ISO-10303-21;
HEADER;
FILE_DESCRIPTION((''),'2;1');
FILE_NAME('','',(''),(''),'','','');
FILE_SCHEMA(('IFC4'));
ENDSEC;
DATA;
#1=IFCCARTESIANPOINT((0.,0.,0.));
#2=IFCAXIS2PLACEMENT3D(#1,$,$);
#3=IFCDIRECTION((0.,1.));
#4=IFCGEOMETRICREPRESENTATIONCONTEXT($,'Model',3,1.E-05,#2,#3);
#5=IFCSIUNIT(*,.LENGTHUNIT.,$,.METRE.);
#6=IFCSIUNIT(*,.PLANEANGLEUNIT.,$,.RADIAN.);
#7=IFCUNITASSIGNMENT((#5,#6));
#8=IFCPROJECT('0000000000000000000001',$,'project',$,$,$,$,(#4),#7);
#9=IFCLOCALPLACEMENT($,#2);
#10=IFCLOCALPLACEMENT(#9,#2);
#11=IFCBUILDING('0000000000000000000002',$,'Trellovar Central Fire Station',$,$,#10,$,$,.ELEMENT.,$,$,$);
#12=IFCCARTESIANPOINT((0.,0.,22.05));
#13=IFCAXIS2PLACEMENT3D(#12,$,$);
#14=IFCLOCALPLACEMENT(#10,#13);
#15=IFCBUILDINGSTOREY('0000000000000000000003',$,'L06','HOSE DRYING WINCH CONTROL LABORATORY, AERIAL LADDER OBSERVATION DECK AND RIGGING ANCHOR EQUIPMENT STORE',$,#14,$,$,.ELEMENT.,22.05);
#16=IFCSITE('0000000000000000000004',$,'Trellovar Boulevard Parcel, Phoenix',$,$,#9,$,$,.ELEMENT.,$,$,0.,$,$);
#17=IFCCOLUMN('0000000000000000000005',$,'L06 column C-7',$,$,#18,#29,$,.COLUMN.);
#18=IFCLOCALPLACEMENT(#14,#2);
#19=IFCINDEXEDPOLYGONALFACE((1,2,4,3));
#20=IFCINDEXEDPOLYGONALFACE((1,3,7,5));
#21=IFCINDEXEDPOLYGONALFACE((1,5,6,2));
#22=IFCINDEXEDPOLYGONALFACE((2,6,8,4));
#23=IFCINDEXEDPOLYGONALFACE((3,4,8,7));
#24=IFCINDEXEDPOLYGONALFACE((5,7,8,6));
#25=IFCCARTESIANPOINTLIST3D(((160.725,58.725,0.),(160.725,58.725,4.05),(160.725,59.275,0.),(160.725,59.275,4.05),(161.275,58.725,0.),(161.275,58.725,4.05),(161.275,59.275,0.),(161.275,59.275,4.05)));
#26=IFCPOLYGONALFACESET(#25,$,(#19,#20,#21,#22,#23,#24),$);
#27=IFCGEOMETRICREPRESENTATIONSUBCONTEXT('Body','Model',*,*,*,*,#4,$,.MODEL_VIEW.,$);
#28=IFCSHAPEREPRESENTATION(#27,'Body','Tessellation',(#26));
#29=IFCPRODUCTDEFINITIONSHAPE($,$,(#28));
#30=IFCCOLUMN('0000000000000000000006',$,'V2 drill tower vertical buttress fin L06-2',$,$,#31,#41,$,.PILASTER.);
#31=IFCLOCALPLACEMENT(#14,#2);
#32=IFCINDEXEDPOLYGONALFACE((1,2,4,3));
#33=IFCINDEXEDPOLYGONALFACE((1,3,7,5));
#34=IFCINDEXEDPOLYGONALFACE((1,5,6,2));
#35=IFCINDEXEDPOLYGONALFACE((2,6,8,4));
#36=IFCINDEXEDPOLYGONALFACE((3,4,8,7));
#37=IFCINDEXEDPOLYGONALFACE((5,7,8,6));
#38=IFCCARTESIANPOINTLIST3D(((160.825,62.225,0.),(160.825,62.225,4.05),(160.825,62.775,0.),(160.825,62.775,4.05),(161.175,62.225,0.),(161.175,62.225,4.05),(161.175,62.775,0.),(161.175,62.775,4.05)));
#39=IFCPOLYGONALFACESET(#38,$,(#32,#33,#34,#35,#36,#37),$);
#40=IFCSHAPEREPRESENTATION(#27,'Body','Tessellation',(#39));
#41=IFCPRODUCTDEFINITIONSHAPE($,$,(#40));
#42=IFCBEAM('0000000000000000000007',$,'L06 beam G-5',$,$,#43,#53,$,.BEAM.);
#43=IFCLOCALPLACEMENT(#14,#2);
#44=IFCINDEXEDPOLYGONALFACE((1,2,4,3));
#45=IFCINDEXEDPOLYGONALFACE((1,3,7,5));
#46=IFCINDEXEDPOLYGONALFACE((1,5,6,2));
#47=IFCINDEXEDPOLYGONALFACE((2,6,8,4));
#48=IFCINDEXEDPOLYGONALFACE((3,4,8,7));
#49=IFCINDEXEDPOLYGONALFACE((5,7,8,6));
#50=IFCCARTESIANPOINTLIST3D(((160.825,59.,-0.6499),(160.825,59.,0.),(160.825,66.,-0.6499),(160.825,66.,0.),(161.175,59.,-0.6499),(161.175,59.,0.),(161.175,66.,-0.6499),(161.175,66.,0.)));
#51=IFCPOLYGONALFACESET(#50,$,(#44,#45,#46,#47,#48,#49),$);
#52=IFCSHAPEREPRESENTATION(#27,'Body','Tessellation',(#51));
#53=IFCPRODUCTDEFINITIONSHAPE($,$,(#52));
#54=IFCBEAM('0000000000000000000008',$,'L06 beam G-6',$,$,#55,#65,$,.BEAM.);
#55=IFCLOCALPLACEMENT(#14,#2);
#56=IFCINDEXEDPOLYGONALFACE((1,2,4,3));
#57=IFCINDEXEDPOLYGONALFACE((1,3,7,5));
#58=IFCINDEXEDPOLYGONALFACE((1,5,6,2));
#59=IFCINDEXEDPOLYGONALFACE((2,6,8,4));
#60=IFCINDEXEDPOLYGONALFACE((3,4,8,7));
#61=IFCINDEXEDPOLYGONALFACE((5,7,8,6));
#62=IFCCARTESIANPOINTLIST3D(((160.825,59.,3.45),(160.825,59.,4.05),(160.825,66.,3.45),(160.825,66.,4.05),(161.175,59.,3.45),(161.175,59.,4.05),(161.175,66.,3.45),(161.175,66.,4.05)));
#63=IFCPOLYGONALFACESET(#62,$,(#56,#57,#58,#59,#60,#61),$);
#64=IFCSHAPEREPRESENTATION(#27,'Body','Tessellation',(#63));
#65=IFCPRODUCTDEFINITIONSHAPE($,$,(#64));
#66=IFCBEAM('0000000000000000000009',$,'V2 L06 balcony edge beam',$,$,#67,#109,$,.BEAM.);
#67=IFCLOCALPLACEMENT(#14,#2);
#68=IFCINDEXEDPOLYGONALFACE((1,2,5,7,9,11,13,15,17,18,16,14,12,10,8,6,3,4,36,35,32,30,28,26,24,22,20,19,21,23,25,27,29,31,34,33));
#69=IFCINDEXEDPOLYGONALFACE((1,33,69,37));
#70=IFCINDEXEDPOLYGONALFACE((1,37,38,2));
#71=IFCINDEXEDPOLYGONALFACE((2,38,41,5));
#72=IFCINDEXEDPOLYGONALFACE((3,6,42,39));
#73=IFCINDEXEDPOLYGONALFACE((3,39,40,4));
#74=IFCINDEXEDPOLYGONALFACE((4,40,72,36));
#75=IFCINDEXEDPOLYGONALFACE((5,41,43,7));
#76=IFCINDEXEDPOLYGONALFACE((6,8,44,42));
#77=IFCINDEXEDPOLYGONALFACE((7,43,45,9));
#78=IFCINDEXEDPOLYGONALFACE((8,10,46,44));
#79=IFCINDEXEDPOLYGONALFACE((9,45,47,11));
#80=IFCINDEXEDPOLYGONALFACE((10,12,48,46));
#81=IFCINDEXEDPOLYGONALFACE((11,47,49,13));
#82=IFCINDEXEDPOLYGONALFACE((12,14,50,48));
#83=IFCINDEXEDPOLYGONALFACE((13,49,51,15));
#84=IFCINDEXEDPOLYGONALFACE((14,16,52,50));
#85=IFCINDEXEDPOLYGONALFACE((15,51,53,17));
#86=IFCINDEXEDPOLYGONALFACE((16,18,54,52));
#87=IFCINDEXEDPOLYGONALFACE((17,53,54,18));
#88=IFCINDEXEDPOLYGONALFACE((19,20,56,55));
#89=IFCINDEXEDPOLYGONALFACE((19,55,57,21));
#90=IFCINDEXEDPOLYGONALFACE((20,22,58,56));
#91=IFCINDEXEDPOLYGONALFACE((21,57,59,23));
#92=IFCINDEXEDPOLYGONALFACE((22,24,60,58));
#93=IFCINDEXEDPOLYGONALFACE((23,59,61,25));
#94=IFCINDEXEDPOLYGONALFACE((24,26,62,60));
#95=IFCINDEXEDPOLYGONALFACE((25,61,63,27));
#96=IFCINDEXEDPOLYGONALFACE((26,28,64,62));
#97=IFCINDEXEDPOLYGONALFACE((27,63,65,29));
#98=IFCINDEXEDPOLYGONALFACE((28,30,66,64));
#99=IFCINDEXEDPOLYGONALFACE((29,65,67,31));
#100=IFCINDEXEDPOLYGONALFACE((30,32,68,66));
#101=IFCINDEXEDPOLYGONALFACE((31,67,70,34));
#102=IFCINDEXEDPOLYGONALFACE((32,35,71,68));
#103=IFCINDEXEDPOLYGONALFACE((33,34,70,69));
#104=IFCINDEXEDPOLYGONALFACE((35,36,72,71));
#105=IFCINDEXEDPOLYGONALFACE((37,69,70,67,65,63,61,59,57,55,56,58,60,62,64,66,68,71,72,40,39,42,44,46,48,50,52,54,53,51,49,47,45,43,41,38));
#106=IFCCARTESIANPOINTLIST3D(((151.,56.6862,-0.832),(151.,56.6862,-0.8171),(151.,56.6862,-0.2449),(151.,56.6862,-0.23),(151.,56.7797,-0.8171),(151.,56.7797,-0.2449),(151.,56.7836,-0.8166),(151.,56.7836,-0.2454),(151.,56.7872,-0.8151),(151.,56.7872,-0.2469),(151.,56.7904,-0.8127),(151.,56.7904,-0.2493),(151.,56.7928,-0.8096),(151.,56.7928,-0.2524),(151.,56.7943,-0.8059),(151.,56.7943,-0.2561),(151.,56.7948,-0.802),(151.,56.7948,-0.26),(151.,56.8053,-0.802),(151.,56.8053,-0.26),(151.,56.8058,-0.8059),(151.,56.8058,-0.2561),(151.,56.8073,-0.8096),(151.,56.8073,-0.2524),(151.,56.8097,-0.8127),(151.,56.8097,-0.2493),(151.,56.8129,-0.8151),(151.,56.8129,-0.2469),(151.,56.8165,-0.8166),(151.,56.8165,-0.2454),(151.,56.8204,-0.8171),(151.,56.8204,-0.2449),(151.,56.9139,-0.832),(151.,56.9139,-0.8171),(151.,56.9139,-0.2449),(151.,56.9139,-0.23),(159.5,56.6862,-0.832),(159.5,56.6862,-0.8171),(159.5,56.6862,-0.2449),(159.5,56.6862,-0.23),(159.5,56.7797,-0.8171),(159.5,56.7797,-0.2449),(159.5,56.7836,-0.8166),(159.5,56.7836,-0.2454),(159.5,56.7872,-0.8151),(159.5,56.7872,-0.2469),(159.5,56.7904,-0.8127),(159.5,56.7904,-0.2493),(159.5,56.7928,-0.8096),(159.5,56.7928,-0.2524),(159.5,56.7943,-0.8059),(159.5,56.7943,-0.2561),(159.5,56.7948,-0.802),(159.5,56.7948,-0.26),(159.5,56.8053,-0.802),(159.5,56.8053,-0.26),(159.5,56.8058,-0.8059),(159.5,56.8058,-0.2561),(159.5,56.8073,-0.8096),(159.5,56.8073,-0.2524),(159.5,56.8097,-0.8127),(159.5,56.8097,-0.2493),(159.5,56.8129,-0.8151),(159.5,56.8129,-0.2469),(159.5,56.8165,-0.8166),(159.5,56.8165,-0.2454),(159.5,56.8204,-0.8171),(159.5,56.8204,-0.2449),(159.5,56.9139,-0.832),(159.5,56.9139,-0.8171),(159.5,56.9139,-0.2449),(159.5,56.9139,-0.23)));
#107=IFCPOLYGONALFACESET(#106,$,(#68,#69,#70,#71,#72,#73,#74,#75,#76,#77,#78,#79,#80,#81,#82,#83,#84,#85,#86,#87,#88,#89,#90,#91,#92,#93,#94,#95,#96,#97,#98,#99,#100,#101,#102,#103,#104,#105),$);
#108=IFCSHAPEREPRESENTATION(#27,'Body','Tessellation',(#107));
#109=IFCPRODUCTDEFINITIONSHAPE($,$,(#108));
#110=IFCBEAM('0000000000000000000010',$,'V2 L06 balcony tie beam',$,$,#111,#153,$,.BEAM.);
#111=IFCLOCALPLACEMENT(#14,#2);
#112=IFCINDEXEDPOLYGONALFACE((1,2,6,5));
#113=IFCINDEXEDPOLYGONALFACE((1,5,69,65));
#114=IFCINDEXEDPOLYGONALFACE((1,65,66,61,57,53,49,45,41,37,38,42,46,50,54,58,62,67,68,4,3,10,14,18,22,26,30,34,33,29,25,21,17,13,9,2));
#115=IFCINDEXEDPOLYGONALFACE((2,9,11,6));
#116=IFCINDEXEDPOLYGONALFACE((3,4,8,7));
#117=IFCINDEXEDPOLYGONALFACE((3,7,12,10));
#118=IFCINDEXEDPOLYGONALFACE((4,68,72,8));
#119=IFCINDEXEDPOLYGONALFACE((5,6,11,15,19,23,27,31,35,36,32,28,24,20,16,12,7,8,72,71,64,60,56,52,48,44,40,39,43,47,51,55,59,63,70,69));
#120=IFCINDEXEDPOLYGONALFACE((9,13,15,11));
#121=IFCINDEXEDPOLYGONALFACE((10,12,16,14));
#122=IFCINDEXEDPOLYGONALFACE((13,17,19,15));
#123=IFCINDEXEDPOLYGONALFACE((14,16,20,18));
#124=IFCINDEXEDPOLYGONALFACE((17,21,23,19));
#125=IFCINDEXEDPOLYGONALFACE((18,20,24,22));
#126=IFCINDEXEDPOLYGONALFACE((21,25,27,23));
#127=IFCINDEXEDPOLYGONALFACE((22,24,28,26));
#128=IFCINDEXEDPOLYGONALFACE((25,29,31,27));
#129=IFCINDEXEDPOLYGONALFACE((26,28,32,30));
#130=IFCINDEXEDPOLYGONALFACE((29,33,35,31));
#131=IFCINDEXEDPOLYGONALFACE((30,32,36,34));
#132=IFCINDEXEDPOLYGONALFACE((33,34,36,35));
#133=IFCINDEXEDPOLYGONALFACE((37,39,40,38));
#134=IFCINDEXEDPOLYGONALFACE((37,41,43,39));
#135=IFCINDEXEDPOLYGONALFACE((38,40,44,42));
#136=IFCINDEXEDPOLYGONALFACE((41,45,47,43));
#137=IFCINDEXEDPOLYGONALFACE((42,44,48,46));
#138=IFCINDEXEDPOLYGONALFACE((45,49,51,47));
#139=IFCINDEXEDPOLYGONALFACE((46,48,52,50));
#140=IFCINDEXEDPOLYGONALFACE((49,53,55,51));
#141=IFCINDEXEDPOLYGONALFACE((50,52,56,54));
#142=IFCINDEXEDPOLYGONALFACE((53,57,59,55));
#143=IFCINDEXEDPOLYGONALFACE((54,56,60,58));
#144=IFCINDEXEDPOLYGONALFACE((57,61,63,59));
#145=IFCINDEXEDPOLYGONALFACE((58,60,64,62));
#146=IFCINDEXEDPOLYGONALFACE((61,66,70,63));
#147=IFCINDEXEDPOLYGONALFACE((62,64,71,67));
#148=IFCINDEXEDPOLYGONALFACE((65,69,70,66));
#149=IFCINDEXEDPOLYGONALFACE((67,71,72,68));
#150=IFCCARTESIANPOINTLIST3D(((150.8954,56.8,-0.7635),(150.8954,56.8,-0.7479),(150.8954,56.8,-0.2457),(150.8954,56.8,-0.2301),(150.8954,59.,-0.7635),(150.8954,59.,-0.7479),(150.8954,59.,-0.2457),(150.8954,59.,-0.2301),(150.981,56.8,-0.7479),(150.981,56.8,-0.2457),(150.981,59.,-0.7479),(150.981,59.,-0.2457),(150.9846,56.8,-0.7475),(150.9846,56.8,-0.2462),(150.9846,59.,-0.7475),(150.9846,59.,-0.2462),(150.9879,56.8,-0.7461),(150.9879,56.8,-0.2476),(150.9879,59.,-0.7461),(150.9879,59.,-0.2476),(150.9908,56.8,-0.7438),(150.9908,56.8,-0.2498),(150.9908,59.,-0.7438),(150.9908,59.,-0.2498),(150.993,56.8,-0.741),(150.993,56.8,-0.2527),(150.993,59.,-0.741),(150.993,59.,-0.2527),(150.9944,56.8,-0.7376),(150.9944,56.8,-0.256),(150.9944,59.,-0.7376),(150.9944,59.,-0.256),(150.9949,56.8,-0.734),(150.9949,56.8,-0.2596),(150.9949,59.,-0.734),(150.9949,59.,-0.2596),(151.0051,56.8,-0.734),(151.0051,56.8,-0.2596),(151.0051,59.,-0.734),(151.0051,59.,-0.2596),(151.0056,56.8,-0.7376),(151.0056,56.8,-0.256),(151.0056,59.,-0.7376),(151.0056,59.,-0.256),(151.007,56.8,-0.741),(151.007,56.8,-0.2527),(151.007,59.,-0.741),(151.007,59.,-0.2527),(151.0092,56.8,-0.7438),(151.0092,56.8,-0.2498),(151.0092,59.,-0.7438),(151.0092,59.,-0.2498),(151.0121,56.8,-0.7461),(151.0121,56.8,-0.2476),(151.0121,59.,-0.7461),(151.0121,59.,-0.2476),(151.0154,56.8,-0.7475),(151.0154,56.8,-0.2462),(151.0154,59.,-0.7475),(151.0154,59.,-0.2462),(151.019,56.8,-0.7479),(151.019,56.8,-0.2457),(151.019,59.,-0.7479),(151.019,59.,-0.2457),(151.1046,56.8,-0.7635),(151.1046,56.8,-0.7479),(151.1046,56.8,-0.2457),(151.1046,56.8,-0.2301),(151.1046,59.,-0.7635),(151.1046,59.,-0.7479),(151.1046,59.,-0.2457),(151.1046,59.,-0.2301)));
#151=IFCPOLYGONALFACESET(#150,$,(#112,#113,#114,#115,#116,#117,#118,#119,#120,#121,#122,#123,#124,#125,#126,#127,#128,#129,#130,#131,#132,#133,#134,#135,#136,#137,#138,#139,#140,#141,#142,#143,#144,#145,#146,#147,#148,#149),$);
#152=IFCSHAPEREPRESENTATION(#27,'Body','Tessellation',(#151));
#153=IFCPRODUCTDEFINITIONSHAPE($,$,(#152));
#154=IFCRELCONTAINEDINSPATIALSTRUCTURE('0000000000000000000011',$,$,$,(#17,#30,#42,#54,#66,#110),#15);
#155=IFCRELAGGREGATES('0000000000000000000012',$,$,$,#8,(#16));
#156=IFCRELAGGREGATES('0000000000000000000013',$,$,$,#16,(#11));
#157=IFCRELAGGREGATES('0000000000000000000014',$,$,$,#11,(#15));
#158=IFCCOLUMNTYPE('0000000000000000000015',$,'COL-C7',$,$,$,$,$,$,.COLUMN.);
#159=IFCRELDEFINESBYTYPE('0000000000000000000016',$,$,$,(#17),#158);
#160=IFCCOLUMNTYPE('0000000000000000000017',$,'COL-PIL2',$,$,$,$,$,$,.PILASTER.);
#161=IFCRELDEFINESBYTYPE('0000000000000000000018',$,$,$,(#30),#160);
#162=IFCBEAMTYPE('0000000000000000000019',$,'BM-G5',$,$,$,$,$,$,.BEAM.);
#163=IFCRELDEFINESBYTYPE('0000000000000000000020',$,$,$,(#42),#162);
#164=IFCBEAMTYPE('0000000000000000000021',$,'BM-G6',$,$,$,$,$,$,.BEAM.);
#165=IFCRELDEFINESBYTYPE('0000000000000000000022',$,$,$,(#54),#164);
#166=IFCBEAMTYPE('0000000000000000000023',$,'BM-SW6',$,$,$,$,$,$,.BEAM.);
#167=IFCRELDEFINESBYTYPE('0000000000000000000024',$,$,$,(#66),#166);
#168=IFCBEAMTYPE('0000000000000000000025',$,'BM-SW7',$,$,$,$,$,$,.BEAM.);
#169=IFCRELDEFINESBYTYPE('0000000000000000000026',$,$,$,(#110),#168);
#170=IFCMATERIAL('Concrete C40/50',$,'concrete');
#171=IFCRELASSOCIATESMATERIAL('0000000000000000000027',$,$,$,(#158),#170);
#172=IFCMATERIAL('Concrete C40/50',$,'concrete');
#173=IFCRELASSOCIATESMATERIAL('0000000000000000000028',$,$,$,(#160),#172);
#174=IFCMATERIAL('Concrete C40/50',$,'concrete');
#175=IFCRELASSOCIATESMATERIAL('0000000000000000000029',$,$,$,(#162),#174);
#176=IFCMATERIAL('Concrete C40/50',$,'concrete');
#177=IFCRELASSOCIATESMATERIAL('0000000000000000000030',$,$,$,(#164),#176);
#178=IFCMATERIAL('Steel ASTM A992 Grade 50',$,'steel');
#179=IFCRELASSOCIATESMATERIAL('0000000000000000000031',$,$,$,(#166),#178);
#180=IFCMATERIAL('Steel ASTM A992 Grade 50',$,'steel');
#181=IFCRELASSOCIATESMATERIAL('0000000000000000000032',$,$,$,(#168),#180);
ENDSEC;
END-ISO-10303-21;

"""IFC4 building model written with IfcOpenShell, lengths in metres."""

from ifc_helpers import new_model, si_unit, direction, frame, origin, origin_2d, place, context, subcontext, project, spatial, rectangle, i_section, extrude, material, material_profile, profile_set, type_object, element, save


model = new_model("IFC4")

# Units and contexts
model_context = context("Model", 3, precision=1e-05, world=origin(), true_north=direction((0.0, 1.0)))
body_context = subcontext(model_context, "Body", "Model", "MODEL_VIEW")
ifc_project = project(units=[si_unit("LENGTHUNIT", "METRE"), si_unit("PLANEANGLEUNIT", "RADIAN")], contexts=[model_context])

# Site, building, storey
site_placement = place(None, origin())
site = spatial("IfcSite", under=ifc_project, at=site_placement, Name="Trellovar Boulevard Parcel, Phoenix", CompositionType="ELEMENT", RefElevation=0.0)
building_placement = place(site_placement, origin())
building = spatial("IfcBuilding", under=site, at=building_placement, Name="Trellovar Central Fire Station", CompositionType="ELEMENT")
storey_placement = place(building_placement, frame((0.0, 0.0, 22.05)))
storey = spatial("IfcBuildingStorey", under=building, at=storey_placement, Name="L06", Description="HOSE DRYING WINCH CONTROL LABORATORY, AERIAL LADDER OBSERVATION DECK AND RIGGING ANCHOR EQUIPMENT STORE", CompositionType="ELEMENT", Elevation=22.05)

# Columns
ifc_material_1 = material(Name="Concrete C40/50", Category="concrete")
ifc_material_profile_1 = material_profile(ifc_material_1, rectangle(XDim=0.55, YDim=0.55, at=origin_2d()), Name="RC550X550")
ifc_profile_set_1 = profile_set([ifc_material_profile_1], Name="Concrete C40/50")
column_type_1 = type_object("IfcColumnType", Name="COL-C7", PredefinedType="COLUMN", material=ifc_profile_set_1)
column_1_placement = place(storey_placement, frame((161.0, 59.0, 0.0), z_axis=(0.0, 0.0, 1.0), x_axis=(1.0, 0.0, 0.0)))
element("IfcColumn", 1, at=column_1_placement, inside=storey, type_object=column_type_1, Name="L06 column C-7", PredefinedType="COLUMN", context=body_context, shape_type="SweptSolid", body=[
    extrude(rectangle(XDim=0.55, YDim=0.55, at=origin_2d()), origin(), (0.0, 0.0, 1.0), 4.05),
])
ifc_material_2 = material(Name="Concrete C40/50", Category="concrete")
ifc_material_profile_2 = material_profile(ifc_material_2, rectangle(XDim=0.3501, YDim=0.55, at=origin_2d()), Name="RC350X550")
ifc_profile_set_2 = profile_set([ifc_material_profile_2], Name="Concrete C40/50")
column_type_2 = type_object("IfcColumnType", Name="COL-PIL2", PredefinedType="PILASTER", material=ifc_profile_set_2)
column_2_placement = place(storey_placement, frame((161.0, 62.5, 0.0), z_axis=(0.0, 0.0, 1.0), x_axis=(1.0, 0.0, 0.0)))
element("IfcColumn", 2, at=column_2_placement, inside=storey, type_object=column_type_2, Name="V2 drill tower vertical buttress fin L06-2", PredefinedType="PILASTER", context=body_context, shape_type="SweptSolid", body=[
    extrude(rectangle(XDim=0.3501, YDim=0.55, at=origin_2d()), origin(), (0.0, 0.0, 1.0), 4.05),
])

# Beams
ifc_material_3 = material(Name="Concrete C40/50", Category="concrete")
ifc_material_profile_3 = material_profile(ifc_material_3, rectangle(XDim=0.3501, YDim=0.6499, at=origin_2d()), Name="RC350X650")
ifc_profile_set_3 = profile_set([ifc_material_profile_3], Name="Concrete C40/50")
beam_type_1 = type_object("IfcBeamType", Name="BM-G5", PredefinedType="BEAM", material=ifc_profile_set_3)
beam_1_placement = place(storey_placement, frame((161.0, 59.0, -0.325), z_axis=(0.0, 1.0, 0.0), x_axis=(-1.0, 0.0, 0.0)))
element("IfcBeam", 3, at=beam_1_placement, inside=storey, type_object=beam_type_1, Name="L06 beam G-5", PredefinedType="BEAM", context=body_context, shape_type="SweptSolid", body=[
    extrude(rectangle(XDim=0.3501, YDim=0.6499, at=origin_2d()), origin(), (0.0, 0.0, 1.0), 7.0),
])
ifc_material_4 = material(Name="Concrete C40/50", Category="concrete")
ifc_material_profile_4 = material_profile(ifc_material_4, rectangle(XDim=0.3501, YDim=0.6001, at=origin_2d()), Name="RC350X600")
ifc_profile_set_4 = profile_set([ifc_material_profile_4], Name="Concrete C40/50")
beam_type_2 = type_object("IfcBeamType", Name="BM-G6", PredefinedType="BEAM", material=ifc_profile_set_4)
beam_2_placement = place(storey_placement, frame((161.0, 59.0, 3.75), z_axis=(0.0, 1.0, 0.0), x_axis=(-1.0, 0.0, 0.0)))
element("IfcBeam", 4, at=beam_2_placement, inside=storey, type_object=beam_type_2, Name="L06 beam G-6", PredefinedType="BEAM", context=body_context, shape_type="SweptSolid", body=[
    extrude(rectangle(XDim=0.3501, YDim=0.6001, at=origin_2d()), origin(), (0.0, 0.0, 1.0), 7.0),
])
ifc_material_5 = material(Name="Steel ASTM A992 Grade 50", Category="steel")
ifc_material_profile_5 = material_profile(ifc_material_5, i_section(OverallWidth=0.2278, OverallDepth=0.6021, WebThickness=0.0105, FlangeThickness=0.0149, FilletRadius=0.0151, at=origin_2d()), Name="W24X68")
ifc_profile_set_5 = profile_set([ifc_material_profile_5], Name="Steel ASTM A992 Grade 50")
beam_type_3 = type_object("IfcBeamType", Name="BM-SW6", PredefinedType="BEAM", material=ifc_profile_set_5)
beam_3_placement = place(storey_placement, frame((151.0, 56.8, -0.531), z_axis=(1.0, 0.0, 0.0), x_axis=(0.0, 1.0, 0.0)))
element("IfcBeam", 5, at=beam_3_placement, inside=storey, type_object=beam_type_3, Name="V2 L06 balcony edge beam", PredefinedType="BEAM", context=body_context, shape_type="SweptSolid", body=[
    extrude(i_section(OverallWidth=0.2278, OverallDepth=0.6021, WebThickness=0.0105, FlangeThickness=0.0149, FilletRadius=0.0151, at=origin_2d()), origin(), (0.0, 0.0, 1.0), 8.5),
])
ifc_material_6 = material(Name="Steel ASTM A992 Grade 50", Category="steel")
ifc_material_profile_6 = material_profile(ifc_material_6, i_section(OverallWidth=0.2092, OverallDepth=0.5334, WebThickness=0.0103, FlangeThickness=0.0156, FilletRadius=0.0139, at=origin_2d()), Name="W21X62")
ifc_profile_set_6 = profile_set([ifc_material_profile_6], Name="Steel ASTM A992 Grade 50")
beam_type_4 = type_object("IfcBeamType", Name="BM-SW7", PredefinedType="BEAM", material=ifc_profile_set_6)
for number, where, z_axis, x_axis, name in (
    (6, (151.0, 56.8, -0.4968), (0.0, 1.0, 0.0), (-1.0, 0.0, 0.0), "V2 L06 balcony tie beam"),
):
    element("IfcBeam", number, at=place(storey_placement, frame(where, z_axis=z_axis, x_axis=x_axis)), inside=storey, type_object=beam_type_4, Name=name, PredefinedType="BEAM", context=body_context, shape_type="SweptSolid", body=[
        extrude(i_section(OverallWidth=0.2092, OverallDepth=0.5334, WebThickness=0.0103, FlangeThickness=0.0156, FilletRadius=0.0139, at=origin_2d()), origin(), (0.0, 0.0, 1.0), 2.2),
    ])

save(model, "model.ifc")
